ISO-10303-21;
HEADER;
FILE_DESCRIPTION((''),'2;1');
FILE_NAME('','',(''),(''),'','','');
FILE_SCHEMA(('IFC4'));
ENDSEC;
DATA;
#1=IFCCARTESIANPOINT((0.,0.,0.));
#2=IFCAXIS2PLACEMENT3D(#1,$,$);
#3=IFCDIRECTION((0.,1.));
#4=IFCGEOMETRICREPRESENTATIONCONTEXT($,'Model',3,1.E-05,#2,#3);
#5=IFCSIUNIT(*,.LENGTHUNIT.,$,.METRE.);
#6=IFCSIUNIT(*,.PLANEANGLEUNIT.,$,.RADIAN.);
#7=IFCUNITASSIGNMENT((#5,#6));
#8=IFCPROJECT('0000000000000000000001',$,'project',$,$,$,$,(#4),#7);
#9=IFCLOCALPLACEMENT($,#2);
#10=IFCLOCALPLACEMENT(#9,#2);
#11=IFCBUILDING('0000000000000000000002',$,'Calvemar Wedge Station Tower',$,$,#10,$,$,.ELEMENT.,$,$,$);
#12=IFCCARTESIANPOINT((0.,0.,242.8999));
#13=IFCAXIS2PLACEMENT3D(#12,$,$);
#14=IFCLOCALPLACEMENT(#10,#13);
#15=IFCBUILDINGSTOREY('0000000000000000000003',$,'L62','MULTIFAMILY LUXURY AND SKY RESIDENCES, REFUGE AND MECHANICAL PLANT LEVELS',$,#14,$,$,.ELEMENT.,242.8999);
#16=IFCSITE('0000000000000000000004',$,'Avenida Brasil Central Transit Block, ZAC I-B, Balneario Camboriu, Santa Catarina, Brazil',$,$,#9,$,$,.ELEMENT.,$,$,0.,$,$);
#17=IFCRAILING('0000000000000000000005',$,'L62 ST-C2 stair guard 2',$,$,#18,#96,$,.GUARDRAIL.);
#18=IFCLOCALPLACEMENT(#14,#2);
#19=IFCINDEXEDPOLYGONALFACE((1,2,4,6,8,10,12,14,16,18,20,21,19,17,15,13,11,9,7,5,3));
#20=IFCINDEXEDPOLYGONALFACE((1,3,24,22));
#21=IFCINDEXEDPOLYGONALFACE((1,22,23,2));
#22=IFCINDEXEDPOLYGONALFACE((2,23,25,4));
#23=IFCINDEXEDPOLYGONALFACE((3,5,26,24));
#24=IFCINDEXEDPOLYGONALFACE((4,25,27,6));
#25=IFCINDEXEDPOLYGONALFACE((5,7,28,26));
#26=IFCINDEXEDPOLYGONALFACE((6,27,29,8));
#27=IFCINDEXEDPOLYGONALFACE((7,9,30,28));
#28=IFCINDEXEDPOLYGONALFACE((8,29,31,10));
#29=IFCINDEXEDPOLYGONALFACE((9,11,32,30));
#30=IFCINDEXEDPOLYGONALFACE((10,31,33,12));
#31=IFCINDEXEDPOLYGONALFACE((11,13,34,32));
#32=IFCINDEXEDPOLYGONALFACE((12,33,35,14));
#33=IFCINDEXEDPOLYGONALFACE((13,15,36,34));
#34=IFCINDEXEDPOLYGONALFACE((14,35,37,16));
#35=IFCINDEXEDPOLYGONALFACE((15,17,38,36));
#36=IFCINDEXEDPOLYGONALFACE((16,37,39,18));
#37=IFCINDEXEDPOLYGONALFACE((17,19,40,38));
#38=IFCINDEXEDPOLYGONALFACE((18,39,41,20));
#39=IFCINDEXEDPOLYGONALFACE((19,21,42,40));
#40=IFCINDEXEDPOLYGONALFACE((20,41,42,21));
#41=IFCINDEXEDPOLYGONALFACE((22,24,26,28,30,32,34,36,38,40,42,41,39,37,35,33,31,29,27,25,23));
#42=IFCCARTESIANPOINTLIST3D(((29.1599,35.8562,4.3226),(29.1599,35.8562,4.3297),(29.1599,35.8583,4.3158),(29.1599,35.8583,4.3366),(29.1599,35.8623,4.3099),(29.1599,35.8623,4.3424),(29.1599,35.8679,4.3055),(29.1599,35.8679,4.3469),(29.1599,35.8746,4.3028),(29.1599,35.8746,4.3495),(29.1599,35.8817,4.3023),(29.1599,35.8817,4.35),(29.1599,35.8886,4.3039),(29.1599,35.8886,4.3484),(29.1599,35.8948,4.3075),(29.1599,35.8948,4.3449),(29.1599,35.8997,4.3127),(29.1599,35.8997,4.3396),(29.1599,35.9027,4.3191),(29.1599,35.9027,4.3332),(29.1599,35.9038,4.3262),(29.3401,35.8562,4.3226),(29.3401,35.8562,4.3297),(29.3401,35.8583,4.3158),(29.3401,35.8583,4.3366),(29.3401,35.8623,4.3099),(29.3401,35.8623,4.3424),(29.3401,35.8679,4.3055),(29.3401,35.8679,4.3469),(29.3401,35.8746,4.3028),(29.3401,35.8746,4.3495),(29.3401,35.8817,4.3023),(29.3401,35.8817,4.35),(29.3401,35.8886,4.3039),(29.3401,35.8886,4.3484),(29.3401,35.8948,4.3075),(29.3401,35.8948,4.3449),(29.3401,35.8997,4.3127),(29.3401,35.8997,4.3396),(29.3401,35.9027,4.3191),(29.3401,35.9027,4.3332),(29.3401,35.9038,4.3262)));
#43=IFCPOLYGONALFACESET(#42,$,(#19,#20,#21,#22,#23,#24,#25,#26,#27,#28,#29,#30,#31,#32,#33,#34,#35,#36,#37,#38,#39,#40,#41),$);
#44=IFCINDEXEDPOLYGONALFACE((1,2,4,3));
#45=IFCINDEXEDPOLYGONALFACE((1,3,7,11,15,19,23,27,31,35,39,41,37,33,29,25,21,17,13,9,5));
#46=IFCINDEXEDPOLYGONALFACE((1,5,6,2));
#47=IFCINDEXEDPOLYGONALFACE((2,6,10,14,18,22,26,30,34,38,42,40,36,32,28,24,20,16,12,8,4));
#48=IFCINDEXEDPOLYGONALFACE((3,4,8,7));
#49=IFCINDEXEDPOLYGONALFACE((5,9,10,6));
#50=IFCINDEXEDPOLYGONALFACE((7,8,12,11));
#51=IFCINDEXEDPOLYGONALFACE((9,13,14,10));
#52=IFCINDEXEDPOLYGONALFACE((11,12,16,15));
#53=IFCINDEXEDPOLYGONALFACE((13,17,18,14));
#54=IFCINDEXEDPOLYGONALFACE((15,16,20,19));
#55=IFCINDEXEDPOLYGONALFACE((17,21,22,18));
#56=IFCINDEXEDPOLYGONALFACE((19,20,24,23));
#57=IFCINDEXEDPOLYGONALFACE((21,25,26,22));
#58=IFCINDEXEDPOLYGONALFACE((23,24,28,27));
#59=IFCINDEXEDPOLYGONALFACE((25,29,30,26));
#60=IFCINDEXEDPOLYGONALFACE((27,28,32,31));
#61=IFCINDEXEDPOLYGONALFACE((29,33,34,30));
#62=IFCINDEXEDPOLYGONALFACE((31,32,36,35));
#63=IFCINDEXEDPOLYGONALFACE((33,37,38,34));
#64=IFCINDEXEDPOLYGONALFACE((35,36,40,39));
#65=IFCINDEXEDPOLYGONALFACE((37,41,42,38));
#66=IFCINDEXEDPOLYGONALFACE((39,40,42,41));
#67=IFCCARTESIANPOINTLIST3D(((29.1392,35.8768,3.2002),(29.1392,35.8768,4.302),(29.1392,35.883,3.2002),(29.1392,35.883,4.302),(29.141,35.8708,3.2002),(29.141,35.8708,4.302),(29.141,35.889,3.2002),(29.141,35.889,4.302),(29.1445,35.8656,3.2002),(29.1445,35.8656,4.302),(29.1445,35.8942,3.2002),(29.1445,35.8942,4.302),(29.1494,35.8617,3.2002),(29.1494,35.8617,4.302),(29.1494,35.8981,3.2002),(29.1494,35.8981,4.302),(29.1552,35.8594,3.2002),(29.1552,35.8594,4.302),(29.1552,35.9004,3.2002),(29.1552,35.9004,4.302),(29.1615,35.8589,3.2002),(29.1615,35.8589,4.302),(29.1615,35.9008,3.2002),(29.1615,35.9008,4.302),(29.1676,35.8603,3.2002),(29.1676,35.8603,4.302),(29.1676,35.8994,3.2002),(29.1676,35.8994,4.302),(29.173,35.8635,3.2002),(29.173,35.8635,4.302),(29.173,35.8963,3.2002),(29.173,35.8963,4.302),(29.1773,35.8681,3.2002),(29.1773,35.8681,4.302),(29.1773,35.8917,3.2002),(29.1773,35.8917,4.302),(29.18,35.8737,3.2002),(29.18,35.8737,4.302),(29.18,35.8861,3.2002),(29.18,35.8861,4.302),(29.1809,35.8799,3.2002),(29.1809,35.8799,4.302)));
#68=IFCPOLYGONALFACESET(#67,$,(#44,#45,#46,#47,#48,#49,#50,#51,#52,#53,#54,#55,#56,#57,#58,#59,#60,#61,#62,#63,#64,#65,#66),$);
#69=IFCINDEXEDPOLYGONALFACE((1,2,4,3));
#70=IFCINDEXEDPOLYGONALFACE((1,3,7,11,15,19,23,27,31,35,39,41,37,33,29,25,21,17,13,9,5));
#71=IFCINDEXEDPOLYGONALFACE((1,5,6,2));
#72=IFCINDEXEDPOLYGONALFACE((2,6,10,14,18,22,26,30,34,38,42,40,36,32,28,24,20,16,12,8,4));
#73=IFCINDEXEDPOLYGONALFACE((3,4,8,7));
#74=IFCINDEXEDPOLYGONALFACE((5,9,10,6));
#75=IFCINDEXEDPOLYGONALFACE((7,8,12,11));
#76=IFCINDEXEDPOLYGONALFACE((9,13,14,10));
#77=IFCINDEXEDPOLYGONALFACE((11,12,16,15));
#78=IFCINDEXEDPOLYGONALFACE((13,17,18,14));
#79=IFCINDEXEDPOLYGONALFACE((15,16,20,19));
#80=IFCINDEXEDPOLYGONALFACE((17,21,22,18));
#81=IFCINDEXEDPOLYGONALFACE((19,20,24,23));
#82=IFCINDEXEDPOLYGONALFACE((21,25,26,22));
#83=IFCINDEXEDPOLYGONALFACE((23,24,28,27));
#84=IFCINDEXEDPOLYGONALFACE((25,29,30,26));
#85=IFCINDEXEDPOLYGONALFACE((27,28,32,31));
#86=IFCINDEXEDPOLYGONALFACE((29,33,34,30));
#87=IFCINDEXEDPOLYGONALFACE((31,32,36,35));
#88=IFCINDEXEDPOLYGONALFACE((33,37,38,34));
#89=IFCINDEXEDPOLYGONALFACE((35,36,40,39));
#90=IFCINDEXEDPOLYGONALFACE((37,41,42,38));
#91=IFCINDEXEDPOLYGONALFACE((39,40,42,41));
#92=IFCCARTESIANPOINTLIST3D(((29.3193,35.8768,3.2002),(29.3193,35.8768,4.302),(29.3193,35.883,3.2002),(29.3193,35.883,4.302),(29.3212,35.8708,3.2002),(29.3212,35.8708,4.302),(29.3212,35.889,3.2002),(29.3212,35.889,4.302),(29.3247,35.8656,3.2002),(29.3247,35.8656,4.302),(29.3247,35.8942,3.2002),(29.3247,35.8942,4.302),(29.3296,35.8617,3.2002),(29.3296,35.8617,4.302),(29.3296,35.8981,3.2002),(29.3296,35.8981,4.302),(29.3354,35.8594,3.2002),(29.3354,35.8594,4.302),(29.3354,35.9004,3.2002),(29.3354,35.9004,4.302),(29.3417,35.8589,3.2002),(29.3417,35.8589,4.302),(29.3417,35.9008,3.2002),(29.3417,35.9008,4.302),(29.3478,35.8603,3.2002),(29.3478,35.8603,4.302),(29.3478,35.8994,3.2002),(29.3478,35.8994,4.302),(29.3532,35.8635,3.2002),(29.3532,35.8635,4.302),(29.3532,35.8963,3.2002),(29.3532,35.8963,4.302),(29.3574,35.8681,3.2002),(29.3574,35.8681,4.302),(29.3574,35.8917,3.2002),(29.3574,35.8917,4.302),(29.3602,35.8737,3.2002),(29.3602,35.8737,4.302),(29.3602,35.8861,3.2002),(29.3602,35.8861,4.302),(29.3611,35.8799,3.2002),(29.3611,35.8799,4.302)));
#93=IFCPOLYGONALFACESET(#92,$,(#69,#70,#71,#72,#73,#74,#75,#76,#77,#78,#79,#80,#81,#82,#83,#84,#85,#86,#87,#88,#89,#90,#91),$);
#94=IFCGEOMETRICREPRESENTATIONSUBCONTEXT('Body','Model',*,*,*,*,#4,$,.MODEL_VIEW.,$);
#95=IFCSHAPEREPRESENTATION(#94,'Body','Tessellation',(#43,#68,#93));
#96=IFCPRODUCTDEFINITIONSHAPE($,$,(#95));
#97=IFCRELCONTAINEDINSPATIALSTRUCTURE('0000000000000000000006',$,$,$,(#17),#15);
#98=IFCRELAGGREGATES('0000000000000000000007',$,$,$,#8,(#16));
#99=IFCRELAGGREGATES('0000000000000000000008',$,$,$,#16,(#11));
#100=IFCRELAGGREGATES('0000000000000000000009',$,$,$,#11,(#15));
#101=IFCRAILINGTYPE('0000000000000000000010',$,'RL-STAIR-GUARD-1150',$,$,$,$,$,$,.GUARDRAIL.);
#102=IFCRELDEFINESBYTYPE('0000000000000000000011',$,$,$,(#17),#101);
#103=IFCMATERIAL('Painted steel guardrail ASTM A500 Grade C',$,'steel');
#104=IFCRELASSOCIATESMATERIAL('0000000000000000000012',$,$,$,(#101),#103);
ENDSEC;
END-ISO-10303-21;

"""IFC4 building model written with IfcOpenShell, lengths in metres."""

from ifc_helpers import new_model, si_unit, direction, frame, origin, origin_2d, place, context, subcontext, project, spatial, circle, extrude, material, type_object, element, save


model = new_model("IFC4")

# Units and contexts
model_context = context("Model", 3, precision=1e-05, world=origin(), true_north=direction((0.0, 1.0)))
body_context = subcontext(model_context, "Body", "Model", "MODEL_VIEW")
ifc_project = project(units=[si_unit("LENGTHUNIT", "METRE"), si_unit("PLANEANGLEUNIT", "RADIAN")], contexts=[model_context])

# Site, building, storey
site_placement = place(None, origin())
site = spatial("IfcSite", under=ifc_project, at=site_placement, Name="Avenida Brasil Central Transit Block, ZAC I-B, Balneario Camboriu, Santa Catarina, Brazil", CompositionType="ELEMENT", RefElevation=0.0)
building_placement = place(site_placement, origin())
building = spatial("IfcBuilding", under=site, at=building_placement, Name="Calvemar Wedge Station Tower", CompositionType="ELEMENT")
storey_placement = place(building_placement, frame((0.0, 0.0, 242.8999)))
storey = spatial("IfcBuildingStorey", under=building, at=storey_placement, Name="L62", Description="MULTIFAMILY LUXURY AND SKY RESIDENCES, REFUGE AND MECHANICAL PLANT LEVELS", CompositionType="ELEMENT", Elevation=242.8999)

# Railing
ifc_material_1 = material(Name="Painted steel guardrail ASTM A500 Grade C", Category="steel")
railing_type_1 = type_object("IfcRailingType", Name="RL-STAIR-GUARD-1150", PredefinedType="GUARDRAIL", material=ifc_material_1)
railing_1_placement = place(storey_placement, frame((29.1599, 35.8799, 3.2002)))
element("IfcRailing", 1, at=railing_1_placement, inside=storey, type_object=railing_type_1, Name="L62 ST-C2 stair guard 2", PredefinedType="GUARDRAIL", context=body_context, shape_type="SweptSolid", body=[
    extrude(circle(Radius=0.0239, at=origin_2d()), frame((0.0, 0.0, 1.126), z_axis=(1.0, 0.0, 0.0), x_axis=(0.0, 1.0, 0.0)), (0.0, 0.0, 1.0), 0.1802),
    extrude(circle(Radius=0.021, at=origin_2d()), origin(), (0.0, 0.0, 1.0), 1.1018),
    extrude(circle(Radius=0.021, at=origin_2d()), frame((0.1802, 0.0, 0.0)), (0.0, 0.0, 1.0), 1.1018),
])

save(model, "model.ifc")
